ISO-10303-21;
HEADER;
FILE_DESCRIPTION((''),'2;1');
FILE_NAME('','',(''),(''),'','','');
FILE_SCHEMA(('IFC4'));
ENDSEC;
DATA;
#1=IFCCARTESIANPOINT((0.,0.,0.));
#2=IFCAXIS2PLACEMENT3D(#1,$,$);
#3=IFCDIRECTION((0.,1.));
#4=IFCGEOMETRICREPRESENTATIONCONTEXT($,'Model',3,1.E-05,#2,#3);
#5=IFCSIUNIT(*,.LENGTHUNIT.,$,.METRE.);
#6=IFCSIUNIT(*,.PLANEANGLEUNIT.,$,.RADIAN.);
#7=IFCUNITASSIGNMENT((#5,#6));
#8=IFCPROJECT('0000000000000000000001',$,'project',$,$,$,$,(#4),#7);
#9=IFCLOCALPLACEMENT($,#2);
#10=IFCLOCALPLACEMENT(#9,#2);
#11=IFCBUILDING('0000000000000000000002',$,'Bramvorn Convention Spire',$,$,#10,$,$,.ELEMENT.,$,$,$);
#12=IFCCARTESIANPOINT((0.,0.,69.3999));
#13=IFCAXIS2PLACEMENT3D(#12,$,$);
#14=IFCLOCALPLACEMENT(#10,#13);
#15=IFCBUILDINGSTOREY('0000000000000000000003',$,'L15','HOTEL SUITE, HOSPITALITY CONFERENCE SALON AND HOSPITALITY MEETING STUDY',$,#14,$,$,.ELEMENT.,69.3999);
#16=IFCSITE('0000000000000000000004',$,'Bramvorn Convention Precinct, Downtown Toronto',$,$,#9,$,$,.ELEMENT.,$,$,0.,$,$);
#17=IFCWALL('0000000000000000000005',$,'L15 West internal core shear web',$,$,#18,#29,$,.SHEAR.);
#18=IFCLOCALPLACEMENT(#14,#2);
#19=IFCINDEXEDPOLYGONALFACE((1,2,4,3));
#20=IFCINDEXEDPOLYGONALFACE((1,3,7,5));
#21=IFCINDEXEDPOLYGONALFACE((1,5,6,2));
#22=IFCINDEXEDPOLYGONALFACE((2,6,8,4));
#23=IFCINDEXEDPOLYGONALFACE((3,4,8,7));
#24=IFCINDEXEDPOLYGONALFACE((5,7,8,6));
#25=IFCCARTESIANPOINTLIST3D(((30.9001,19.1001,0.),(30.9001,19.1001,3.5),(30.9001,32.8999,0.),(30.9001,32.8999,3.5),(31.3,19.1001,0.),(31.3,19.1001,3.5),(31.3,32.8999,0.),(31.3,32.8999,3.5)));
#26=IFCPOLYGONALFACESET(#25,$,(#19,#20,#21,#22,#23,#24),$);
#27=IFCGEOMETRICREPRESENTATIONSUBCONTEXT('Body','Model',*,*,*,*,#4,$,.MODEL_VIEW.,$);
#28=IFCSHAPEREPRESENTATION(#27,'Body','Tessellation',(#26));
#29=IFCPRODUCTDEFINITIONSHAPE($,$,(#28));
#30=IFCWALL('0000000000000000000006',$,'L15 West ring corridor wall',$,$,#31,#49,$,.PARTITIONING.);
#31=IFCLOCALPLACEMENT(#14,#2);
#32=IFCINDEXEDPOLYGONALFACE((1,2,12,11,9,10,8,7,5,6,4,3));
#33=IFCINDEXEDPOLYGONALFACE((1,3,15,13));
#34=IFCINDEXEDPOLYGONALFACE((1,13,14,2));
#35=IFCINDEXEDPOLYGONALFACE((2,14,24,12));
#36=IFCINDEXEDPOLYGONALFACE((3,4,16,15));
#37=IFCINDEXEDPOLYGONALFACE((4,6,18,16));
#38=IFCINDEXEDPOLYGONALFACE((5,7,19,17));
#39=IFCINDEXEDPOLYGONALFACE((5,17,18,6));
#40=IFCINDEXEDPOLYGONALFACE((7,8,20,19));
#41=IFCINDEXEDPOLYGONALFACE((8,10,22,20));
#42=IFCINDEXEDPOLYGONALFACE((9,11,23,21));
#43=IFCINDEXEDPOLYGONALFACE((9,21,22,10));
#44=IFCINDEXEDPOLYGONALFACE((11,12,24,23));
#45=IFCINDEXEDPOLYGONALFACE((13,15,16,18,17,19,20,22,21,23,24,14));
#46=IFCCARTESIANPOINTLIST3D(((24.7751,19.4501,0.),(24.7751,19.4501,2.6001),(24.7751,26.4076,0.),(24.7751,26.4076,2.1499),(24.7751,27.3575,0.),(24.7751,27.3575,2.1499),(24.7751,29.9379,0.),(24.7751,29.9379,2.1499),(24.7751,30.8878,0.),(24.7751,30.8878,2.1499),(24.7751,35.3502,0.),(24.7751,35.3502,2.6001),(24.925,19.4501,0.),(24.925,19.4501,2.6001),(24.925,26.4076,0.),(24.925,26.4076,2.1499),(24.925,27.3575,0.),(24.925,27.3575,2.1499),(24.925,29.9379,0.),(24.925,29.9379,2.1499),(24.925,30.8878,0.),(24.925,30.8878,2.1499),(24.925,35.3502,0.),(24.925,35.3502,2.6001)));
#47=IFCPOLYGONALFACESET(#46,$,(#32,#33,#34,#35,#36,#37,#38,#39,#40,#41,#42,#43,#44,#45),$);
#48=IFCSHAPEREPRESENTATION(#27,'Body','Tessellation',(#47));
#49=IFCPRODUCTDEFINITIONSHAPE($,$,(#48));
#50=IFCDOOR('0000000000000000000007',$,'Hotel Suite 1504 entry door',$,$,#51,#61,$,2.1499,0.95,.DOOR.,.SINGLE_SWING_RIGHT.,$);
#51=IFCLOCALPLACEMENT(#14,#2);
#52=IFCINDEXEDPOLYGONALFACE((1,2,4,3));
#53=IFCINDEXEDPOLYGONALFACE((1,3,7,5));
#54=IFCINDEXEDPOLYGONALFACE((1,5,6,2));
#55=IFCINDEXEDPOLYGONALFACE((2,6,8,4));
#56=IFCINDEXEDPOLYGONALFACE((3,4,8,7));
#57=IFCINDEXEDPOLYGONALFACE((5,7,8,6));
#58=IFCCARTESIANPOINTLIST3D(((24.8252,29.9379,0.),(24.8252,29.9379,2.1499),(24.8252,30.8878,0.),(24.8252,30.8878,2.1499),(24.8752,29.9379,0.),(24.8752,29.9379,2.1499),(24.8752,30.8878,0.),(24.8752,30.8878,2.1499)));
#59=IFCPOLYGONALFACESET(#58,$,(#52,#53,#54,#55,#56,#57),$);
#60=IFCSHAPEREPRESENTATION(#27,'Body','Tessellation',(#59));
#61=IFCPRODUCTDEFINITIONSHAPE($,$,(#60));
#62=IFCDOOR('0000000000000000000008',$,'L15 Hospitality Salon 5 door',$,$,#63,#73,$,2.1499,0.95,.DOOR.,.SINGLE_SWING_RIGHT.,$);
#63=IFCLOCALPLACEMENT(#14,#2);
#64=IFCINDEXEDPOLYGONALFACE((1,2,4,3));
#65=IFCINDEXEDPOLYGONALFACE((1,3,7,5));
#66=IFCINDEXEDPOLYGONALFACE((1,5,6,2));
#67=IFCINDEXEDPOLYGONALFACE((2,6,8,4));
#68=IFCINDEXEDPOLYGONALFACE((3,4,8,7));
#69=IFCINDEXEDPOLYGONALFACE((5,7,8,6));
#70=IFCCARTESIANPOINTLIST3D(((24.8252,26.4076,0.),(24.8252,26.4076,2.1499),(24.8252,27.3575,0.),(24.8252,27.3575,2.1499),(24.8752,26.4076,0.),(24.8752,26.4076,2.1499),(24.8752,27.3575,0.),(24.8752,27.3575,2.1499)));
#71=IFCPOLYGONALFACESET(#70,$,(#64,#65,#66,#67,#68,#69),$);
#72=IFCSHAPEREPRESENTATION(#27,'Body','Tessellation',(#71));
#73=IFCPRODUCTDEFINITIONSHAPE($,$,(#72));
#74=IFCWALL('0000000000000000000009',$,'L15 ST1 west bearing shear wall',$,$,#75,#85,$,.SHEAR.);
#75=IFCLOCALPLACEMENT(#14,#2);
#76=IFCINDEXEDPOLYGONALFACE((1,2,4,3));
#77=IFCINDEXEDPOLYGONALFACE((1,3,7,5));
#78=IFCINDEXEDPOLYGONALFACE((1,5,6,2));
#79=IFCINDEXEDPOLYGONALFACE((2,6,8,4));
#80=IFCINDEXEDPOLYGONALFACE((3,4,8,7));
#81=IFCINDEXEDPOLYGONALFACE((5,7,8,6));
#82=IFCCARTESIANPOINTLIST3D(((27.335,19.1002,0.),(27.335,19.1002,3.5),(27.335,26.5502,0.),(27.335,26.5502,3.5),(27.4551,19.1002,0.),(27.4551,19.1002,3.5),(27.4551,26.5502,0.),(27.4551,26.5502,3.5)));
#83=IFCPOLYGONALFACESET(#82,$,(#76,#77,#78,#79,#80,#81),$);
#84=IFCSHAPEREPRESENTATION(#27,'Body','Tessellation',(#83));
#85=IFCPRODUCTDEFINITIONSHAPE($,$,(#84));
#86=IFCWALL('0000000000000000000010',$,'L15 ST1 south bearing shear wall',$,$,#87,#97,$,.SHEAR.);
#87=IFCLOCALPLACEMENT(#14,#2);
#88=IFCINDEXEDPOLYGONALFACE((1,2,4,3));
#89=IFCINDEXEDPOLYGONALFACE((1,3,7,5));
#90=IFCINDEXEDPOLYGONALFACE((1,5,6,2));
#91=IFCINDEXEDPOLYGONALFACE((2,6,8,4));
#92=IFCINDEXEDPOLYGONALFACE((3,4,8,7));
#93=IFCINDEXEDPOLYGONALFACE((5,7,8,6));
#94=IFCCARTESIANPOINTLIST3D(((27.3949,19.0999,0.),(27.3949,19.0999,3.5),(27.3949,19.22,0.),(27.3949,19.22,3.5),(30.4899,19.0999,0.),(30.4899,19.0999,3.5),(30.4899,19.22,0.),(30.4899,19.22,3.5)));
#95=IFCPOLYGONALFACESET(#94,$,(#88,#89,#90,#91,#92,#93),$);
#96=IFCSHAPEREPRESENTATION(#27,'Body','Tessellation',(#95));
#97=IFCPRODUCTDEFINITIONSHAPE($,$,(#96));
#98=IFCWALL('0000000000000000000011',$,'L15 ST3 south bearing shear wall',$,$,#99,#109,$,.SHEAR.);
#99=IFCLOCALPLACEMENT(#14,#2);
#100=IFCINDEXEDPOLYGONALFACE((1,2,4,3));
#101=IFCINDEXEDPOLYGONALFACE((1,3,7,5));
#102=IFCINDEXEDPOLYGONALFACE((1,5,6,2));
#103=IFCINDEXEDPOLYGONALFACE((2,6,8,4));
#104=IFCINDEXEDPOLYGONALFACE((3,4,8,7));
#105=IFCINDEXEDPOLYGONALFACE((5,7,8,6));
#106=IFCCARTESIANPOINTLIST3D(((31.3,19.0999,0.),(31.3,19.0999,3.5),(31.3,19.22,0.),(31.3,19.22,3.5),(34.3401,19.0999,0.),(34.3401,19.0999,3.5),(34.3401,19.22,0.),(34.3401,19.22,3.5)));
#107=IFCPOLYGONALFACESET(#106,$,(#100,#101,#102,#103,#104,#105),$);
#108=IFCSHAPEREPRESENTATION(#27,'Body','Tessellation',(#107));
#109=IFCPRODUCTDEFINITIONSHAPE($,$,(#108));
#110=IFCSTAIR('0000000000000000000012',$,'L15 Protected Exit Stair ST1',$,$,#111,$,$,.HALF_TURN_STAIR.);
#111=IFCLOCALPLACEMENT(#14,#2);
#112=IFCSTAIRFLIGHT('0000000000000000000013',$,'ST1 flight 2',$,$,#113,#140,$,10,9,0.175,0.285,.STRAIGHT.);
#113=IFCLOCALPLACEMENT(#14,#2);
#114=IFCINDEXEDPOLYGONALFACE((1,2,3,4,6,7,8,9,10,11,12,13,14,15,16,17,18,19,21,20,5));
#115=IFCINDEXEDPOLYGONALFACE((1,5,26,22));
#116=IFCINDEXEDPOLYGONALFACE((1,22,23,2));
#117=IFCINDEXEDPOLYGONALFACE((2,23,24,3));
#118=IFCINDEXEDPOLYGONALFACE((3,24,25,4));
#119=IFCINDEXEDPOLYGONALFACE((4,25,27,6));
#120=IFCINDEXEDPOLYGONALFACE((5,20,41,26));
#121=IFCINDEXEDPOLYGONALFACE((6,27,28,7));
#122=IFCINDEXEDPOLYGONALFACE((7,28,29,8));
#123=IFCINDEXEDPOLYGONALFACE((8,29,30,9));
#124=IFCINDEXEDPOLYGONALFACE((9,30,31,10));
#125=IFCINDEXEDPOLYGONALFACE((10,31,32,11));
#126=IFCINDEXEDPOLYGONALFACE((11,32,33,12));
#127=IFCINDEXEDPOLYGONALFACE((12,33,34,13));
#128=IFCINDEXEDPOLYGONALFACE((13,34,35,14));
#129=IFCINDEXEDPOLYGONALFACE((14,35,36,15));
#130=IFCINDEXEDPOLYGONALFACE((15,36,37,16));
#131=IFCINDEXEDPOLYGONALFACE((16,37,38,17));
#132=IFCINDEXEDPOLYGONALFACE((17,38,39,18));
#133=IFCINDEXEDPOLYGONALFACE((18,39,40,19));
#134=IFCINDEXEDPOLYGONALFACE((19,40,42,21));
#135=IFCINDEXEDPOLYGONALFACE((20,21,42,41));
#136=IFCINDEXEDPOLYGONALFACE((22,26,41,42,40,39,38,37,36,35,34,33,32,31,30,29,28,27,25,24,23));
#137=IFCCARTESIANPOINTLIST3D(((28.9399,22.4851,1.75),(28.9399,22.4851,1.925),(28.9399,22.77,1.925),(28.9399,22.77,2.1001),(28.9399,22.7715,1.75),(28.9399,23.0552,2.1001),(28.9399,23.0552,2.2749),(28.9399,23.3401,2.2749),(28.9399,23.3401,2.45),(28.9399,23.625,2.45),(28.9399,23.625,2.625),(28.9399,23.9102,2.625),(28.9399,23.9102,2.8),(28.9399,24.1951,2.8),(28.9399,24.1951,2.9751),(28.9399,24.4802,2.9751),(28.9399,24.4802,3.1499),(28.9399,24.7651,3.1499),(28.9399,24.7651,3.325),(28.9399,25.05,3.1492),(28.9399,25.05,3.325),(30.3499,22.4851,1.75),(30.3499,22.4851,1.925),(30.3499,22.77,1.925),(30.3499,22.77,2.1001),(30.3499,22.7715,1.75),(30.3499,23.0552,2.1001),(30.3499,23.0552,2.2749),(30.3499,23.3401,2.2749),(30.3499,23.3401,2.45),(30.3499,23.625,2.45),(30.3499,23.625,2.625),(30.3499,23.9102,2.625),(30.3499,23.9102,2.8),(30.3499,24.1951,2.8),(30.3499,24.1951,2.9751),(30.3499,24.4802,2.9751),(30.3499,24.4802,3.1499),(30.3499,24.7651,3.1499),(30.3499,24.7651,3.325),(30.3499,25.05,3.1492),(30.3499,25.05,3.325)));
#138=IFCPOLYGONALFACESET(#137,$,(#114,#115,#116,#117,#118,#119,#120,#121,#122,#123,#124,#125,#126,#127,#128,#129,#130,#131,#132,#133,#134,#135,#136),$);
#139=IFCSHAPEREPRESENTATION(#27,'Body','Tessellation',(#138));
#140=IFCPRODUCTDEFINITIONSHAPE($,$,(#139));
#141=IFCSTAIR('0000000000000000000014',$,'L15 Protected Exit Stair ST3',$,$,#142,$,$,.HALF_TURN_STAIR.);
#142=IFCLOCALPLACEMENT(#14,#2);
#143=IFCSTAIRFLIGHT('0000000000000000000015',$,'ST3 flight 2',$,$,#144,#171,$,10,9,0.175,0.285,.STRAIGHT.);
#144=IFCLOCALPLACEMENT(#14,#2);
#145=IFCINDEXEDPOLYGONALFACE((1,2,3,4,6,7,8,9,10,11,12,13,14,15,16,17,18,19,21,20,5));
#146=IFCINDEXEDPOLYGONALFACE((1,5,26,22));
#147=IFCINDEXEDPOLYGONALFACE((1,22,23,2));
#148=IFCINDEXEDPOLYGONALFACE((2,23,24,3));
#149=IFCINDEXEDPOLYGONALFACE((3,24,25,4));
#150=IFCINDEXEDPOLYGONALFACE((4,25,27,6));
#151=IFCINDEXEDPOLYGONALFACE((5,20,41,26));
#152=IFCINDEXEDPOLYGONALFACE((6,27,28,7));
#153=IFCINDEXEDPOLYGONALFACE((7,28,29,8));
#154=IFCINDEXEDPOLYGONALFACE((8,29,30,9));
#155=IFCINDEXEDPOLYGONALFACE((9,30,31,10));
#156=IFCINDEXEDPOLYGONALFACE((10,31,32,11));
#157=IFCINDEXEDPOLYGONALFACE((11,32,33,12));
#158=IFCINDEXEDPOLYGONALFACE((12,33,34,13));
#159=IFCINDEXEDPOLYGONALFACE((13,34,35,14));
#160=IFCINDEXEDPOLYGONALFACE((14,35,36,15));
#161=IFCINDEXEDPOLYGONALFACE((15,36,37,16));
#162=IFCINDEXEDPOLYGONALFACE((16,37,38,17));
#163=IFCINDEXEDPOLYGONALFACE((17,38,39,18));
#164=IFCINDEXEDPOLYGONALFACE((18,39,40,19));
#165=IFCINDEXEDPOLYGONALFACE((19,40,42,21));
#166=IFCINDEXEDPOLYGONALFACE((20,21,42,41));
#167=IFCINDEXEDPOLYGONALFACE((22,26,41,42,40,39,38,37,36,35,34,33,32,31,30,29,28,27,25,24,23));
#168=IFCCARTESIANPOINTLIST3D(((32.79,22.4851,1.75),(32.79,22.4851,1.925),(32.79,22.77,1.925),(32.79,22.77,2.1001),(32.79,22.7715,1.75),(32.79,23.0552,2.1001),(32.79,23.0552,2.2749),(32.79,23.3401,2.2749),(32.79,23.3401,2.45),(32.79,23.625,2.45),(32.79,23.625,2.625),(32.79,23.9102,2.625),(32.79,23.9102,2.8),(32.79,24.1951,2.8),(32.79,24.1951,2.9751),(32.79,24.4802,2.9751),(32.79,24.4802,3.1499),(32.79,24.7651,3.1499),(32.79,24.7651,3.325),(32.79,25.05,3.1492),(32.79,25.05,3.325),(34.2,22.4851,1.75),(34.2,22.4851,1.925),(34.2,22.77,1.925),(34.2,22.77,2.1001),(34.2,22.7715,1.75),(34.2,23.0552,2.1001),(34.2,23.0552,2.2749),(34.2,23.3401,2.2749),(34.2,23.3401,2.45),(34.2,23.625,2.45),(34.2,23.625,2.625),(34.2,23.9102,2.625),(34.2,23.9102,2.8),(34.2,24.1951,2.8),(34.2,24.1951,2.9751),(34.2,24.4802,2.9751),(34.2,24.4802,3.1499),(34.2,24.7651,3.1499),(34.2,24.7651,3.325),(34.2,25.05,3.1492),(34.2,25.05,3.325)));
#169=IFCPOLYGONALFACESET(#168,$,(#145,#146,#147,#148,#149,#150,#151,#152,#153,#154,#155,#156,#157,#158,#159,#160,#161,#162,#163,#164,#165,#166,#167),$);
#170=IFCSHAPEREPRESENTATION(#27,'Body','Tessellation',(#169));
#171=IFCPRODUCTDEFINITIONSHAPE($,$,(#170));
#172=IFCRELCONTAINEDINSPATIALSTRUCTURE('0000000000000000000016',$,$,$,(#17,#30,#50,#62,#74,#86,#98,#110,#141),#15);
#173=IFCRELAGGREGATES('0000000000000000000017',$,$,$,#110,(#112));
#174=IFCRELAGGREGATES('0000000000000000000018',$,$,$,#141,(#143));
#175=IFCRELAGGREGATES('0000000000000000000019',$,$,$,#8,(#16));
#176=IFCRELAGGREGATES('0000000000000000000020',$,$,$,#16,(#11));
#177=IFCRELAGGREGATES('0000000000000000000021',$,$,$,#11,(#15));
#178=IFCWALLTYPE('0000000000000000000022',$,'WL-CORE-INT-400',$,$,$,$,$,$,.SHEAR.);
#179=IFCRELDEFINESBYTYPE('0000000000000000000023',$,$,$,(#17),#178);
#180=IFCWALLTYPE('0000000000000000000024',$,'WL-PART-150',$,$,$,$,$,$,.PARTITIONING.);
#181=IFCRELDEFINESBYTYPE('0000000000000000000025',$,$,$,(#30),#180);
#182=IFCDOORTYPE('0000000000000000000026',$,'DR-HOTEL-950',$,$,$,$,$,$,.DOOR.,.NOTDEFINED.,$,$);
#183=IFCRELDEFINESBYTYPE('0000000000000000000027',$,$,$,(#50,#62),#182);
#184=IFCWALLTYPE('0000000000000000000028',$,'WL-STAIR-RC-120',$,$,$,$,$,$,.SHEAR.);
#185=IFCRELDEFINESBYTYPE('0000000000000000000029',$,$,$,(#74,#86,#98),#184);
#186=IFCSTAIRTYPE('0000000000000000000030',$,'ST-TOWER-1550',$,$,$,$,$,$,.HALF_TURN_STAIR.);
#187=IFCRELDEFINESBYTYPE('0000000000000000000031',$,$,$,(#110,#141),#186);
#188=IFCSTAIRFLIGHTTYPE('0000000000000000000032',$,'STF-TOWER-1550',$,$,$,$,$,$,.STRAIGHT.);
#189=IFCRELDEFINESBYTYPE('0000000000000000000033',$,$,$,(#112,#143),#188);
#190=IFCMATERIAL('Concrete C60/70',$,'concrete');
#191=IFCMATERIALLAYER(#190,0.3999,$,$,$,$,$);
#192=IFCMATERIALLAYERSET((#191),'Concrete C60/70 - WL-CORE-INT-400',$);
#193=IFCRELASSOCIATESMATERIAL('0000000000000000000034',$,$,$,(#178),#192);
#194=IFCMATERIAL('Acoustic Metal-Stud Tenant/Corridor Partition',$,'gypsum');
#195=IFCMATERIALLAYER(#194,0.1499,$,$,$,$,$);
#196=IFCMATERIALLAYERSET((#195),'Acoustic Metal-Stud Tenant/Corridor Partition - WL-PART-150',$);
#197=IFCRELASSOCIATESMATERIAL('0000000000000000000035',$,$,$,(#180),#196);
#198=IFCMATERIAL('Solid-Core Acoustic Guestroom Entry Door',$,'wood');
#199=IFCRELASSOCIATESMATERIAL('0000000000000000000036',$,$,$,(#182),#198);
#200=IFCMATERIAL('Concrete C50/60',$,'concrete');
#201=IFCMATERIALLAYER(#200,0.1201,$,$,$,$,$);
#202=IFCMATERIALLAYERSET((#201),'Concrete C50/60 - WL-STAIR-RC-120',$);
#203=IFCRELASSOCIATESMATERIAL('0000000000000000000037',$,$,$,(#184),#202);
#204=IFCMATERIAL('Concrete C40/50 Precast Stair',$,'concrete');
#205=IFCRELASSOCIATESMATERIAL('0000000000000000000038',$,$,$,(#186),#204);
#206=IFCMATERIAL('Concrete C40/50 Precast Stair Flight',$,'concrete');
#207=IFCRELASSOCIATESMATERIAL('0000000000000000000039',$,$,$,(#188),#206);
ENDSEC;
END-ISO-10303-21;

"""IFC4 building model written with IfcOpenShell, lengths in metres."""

from ifc_helpers import new_model, si_unit, direction, frame, frame_2d, origin, place, context, subcontext, project, spatial, polyline, rectangle, outline, extrude, material, layer, layer_set, type_object, element, fill, aggregate, save


model = new_model("IFC4")

# Units and contexts
model_context = context("Model", 3, precision=1e-05, world=origin(), true_north=direction((0.0, 1.0)))
body_context = subcontext(model_context, "Body", "Model", "MODEL_VIEW")
ifc_project = project(units=[si_unit("LENGTHUNIT", "METRE"), si_unit("PLANEANGLEUNIT", "RADIAN")], contexts=[model_context])

# Site, building, storey
site_placement = place(None, origin())
site = spatial("IfcSite", under=ifc_project, at=site_placement, Name="Bramvorn Convention Precinct, Downtown Toronto", CompositionType="ELEMENT", RefElevation=0.0)
building_placement = place(site_placement, origin())
building = spatial("IfcBuilding", under=site, at=building_placement, Name="Bramvorn Convention Spire", CompositionType="ELEMENT")
storey_placement = place(building_placement, frame((0.0, 0.0, 69.3999)))
storey = spatial("IfcBuildingStorey", under=building, at=storey_placement, Name="L15", Description="HOTEL SUITE, HOSPITALITY CONFERENCE SALON AND HOSPITALITY MEETING STUDY", CompositionType="ELEMENT", Elevation=69.3999)

# Shared definitions
ifc_material_1 = material(Name="Concrete C60/70", Category="concrete")

# Wall
ifc_layer_1 = layer(ifc_material_1, 0.3999)
ifc_layer_set_1 = layer_set([ifc_layer_1], Name="Concrete C60/70 - WL-CORE-INT-400")
wall_type_1 = type_object("IfcWallType", Name="WL-CORE-INT-400", PredefinedType="SHEAR", material=ifc_layer_set_1)
wall_1_placement = place(storey_placement, frame((31.1001, 19.1001, 0.0), z_axis=(0.0, 0.0, 1.0), x_axis=(0.0, 1.0, 0.0)))
element("IfcWall", 1, at=wall_1_placement, inside=storey, type_object=wall_type_1, Name="L15 West internal core shear web", PredefinedType="SHEAR", context=body_context, shape_type="SweptSolid", body=[
    extrude(rectangle(XDim=13.7998, YDim=0.3999, at=frame_2d((6.8999, 0.0))), origin(), (0.0, 0.0, 1.0), 3.5),
])

# Wall, openings, doors
ifc_material_2 = material(Name="Acoustic Metal-Stud Tenant/Corridor Partition", Category="gypsum")
ifc_layer_2 = layer(ifc_material_2, 0.1499)
ifc_layer_set_2 = layer_set([ifc_layer_2], Name="Acoustic Metal-Stud Tenant/Corridor Partition - WL-PART-150")
wall_type_2 = type_object("IfcWallType", Name="WL-PART-150", PredefinedType="PARTITIONING", material=ifc_layer_set_2)
wall_2_placement = place(storey_placement, frame((24.8501, 19.45, 0.0), z_axis=(0.0, 0.0, 1.0), x_axis=(0.0, 1.0, 0.0)))
wall_2 = element("IfcWall", 2, at=wall_2_placement, inside=storey, type_object=wall_type_2, Name="L15 West ring corridor wall", PredefinedType="PARTITIONING", context=body_context, shape_type="SweptSolid", body=[
    extrude(rectangle(XDim=15.9001, YDim=0.1499, at=frame_2d((7.9502, 0.0))), origin(), (0.0, 0.0, 1.0), 2.6001),
])
opening_1_placement = place(wall_2_placement, frame((10.4878, 0.0, 0.0)))
opening_1 = element("IfcOpeningElement", 3, at=opening_1_placement, cuts=wall_2, PredefinedType="OPENING", context=body_context, shape_type="SweptSolid", body=[
    extrude(rectangle(XDim=0.95, YDim=2.1499, at=frame_2d((0.4751, 1.075))), frame((0.0, 0.085, 0.0), z_axis=(0.0, -1.0, 0.0), x_axis=(1.0, 0.0, 0.0)), (0.0, 0.0, 1.0), 0.1699),
])
opening_2_placement = place(wall_2_placement, frame((6.9575, 0.0, 0.0)))
opening_2 = element("IfcOpeningElement", 4, at=opening_2_placement, cuts=wall_2, PredefinedType="OPENING", context=body_context, shape_type="SweptSolid", body=[
    extrude(rectangle(XDim=0.95, YDim=2.1499, at=frame_2d((0.4751, 1.075))), frame((0.0, 0.085, 0.0), z_axis=(0.0, -1.0, 0.0), x_axis=(1.0, 0.0, 0.0)), (0.0, 0.0, 1.0), 0.1699),
])
ifc_material_3 = material(Name="Solid-Core Acoustic Guestroom Entry Door", Category="wood")
door_type_1 = type_object("IfcDoorType", Name="DR-HOTEL-950", OperationType="NOTDEFINED", PredefinedType="DOOR", material=ifc_material_3)
door_1_placement = place(opening_1_placement, origin())
door_1 = element("IfcDoor", 5, at=door_1_placement, inside=storey, type_object=door_type_1, Name="Hotel Suite 1504 entry door", OperationType="SINGLE_SWING_RIGHT", OverallHeight=2.1499, OverallWidth=0.95, PredefinedType="DOOR", context=body_context, shape_type="SweptSolid", body=[
    extrude(rectangle(XDim=0.95, YDim=2.1499, at=frame_2d((0.4751, 1.075))), frame((0.0, 0.0249, 0.0), z_axis=(0.0, -1.0, 0.0), x_axis=(1.0, 0.0, 0.0)), (0.0, 0.0, 1.0), 0.05),
])
fill(opening_1, door_1)
door_2_placement = place(opening_2_placement, origin())
door_2 = element("IfcDoor", 6, at=door_2_placement, inside=storey, type_object=door_type_1, Name="L15 Hospitality Salon 5 door", OperationType="SINGLE_SWING_RIGHT", OverallHeight=2.1499, OverallWidth=0.95, PredefinedType="DOOR", context=body_context, shape_type="SweptSolid", body=[
    extrude(rectangle(XDim=0.95, YDim=2.1499, at=frame_2d((0.4751, 1.075))), frame((0.0, 0.0249, 0.0), z_axis=(0.0, -1.0, 0.0), x_axis=(1.0, 0.0, 0.0)), (0.0, 0.0, 1.0), 0.05),
])
fill(opening_2, door_2)

# Walls
ifc_material_4 = material(Name="Concrete C50/60", Category="concrete")
ifc_layer_3 = layer(ifc_material_4, 0.1201)
ifc_layer_set_3 = layer_set([ifc_layer_3], Name="Concrete C50/60 - WL-STAIR-RC-120")
wall_type_3 = type_object("IfcWallType", Name="WL-STAIR-RC-120", PredefinedType="SHEAR", material=ifc_layer_set_3)
wall_3_placement = place(storey_placement, frame((27.395, 19.1001, 0.0), z_axis=(0.0, 0.0, 1.0), x_axis=(0.0, 1.0, 0.0)))
element("IfcWall", 7, at=wall_3_placement, inside=storey, type_object=wall_type_3, Name="L15 ST1 west bearing shear wall", PredefinedType="SHEAR", context=body_context, shape_type="SweptSolid", body=[
    extrude(rectangle(XDim=7.45, YDim=0.1201, at=frame_2d((3.7251, 0.0))), origin(), (0.0, 0.0, 1.0), 3.5),
])
wall_4_placement = place(storey_placement, frame((27.395, 19.1599, 0.0), z_axis=(0.0, 0.0, 1.0), x_axis=(1.0, 0.0, 0.0)))
element("IfcWall", 8, at=wall_4_placement, inside=storey, type_object=wall_type_3, Name="L15 ST1 south bearing shear wall", PredefinedType="SHEAR", context=body_context, shape_type="SweptSolid", body=[
    extrude(rectangle(XDim=3.095, YDim=0.1201, at=frame_2d((1.5474, 0.0))), origin(), (0.0, 0.0, 1.0), 3.5),
])
wall_5_placement = place(storey_placement, frame((31.3, 19.1599, 0.0), z_axis=(0.0, 0.0, 1.0), x_axis=(1.0, 0.0, 0.0)))
element("IfcWall", 9, at=wall_5_placement, inside=storey, type_object=wall_type_3, Name="L15 ST3 south bearing shear wall", PredefinedType="SHEAR", context=body_context, shape_type="SweptSolid", body=[
    extrude(rectangle(XDim=3.04, YDim=0.1201, at=frame_2d((1.52, 0.0))), origin(), (0.0, 0.0, 1.0), 3.5),
])

# Stairs, stair flights
ifc_material_5 = material(Name="Concrete C40/50 Precast Stair", Category="concrete")
stair_type = type_object("IfcStairType", Name="ST-TOWER-1550", PredefinedType="HALF_TURN_STAIR", material=ifc_material_5)
stair_1_placement = place(storey_placement, origin())
stair_1 = element("IfcStair", 10, at=stair_1_placement, inside=storey, type_object=stair_type, Name="L15 Protected Exit Stair ST1", PredefinedType="HALF_TURN_STAIR")
ifc_material_6 = material(Name="Concrete C40/50 Precast Stair Flight", Category="concrete")
stair_flight_type = type_object("IfcStairFlightType", Name="STF-TOWER-1550", PredefinedType="STRAIGHT", material=ifc_material_6)
stair_flight_1_placement = place(storey_placement, frame((29.645, 22.4851, 1.75), z_axis=(0.0, 0.0, 1.0), x_axis=(0.0, 1.0, 0.0)))
stair_flight_1 = element("IfcStairFlight", 11, at=stair_flight_1_placement, type_object=stair_flight_type, Name="ST1 flight 2", NumberOfRisers=10, NumberOfTreads=9, PredefinedType="STRAIGHT", RiserHeight=0.175, TreadLength=0.285, context=body_context, shape_type="SweptSolid", body=[
    extrude(outline(polyline([(0.0, 0.0), (0.0, 0.175), (0.2849, 0.175), (0.2849, 0.3501), (0.5701, 0.3501), (0.5701, 0.5249), (0.855, 0.5249), (0.855, 0.7), (1.1399, 0.7), (1.1399, 0.875), (1.425, 0.875), (1.425, 1.05), (1.71, 1.05), (1.71, 1.2251), (1.9951, 1.2251), (1.9951, 1.3999), (2.28, 1.3999), (2.28, 1.575), (2.5649, 1.575), (2.5649, 1.75), (2.5649, 1.3992), (0.2864, 0.0), (0.0, 0.0)])), frame((0.0, 0.7051, 0.0), z_axis=(0.0, -1.0, 0.0), x_axis=(1.0, 0.0, 0.0)), (0.0, 0.0, 1.0), 1.4099),
])
aggregate(stair_1, [stair_flight_1])
stair_2_placement = place(storey_placement, origin())
stair_2 = element("IfcStair", 12, at=stair_2_placement, inside=storey, type_object=stair_type, Name="L15 Protected Exit Stair ST3", PredefinedType="HALF_TURN_STAIR")
stair_flight_2_placement = place(storey_placement, frame((33.4951, 22.4851, 1.75), z_axis=(0.0, 0.0, 1.0), x_axis=(0.0, 1.0, 0.0)))
stair_flight_2 = element("IfcStairFlight", 13, at=stair_flight_2_placement, type_object=stair_flight_type, Name="ST3 flight 2", NumberOfRisers=10, NumberOfTreads=9, PredefinedType="STRAIGHT", RiserHeight=0.175, TreadLength=0.285, context=body_context, shape_type="SweptSolid", body=[
    extrude(outline(polyline([(0.0, 0.0), (0.0, 0.175), (0.2849, 0.175), (0.2849, 0.3501), (0.5701, 0.3501), (0.5701, 0.5249), (0.855, 0.5249), (0.855, 0.7), (1.1399, 0.7), (1.1399, 0.875), (1.425, 0.875), (1.425, 1.05), (1.71, 1.05), (1.71, 1.2251), (1.9951, 1.2251), (1.9951, 1.3999), (2.28, 1.3999), (2.28, 1.575), (2.5649, 1.575), (2.5649, 1.75), (2.5649, 1.3992), (0.2864, 0.0), (0.0, 0.0)])), frame((0.0, 0.7051, 0.0), z_axis=(0.0, -1.0, 0.0), x_axis=(1.0, 0.0, 0.0)), (0.0, 0.0, 1.0), 1.4099),
])
aggregate(stair_2, [stair_flight_2])

save(model, "model.ifc")
